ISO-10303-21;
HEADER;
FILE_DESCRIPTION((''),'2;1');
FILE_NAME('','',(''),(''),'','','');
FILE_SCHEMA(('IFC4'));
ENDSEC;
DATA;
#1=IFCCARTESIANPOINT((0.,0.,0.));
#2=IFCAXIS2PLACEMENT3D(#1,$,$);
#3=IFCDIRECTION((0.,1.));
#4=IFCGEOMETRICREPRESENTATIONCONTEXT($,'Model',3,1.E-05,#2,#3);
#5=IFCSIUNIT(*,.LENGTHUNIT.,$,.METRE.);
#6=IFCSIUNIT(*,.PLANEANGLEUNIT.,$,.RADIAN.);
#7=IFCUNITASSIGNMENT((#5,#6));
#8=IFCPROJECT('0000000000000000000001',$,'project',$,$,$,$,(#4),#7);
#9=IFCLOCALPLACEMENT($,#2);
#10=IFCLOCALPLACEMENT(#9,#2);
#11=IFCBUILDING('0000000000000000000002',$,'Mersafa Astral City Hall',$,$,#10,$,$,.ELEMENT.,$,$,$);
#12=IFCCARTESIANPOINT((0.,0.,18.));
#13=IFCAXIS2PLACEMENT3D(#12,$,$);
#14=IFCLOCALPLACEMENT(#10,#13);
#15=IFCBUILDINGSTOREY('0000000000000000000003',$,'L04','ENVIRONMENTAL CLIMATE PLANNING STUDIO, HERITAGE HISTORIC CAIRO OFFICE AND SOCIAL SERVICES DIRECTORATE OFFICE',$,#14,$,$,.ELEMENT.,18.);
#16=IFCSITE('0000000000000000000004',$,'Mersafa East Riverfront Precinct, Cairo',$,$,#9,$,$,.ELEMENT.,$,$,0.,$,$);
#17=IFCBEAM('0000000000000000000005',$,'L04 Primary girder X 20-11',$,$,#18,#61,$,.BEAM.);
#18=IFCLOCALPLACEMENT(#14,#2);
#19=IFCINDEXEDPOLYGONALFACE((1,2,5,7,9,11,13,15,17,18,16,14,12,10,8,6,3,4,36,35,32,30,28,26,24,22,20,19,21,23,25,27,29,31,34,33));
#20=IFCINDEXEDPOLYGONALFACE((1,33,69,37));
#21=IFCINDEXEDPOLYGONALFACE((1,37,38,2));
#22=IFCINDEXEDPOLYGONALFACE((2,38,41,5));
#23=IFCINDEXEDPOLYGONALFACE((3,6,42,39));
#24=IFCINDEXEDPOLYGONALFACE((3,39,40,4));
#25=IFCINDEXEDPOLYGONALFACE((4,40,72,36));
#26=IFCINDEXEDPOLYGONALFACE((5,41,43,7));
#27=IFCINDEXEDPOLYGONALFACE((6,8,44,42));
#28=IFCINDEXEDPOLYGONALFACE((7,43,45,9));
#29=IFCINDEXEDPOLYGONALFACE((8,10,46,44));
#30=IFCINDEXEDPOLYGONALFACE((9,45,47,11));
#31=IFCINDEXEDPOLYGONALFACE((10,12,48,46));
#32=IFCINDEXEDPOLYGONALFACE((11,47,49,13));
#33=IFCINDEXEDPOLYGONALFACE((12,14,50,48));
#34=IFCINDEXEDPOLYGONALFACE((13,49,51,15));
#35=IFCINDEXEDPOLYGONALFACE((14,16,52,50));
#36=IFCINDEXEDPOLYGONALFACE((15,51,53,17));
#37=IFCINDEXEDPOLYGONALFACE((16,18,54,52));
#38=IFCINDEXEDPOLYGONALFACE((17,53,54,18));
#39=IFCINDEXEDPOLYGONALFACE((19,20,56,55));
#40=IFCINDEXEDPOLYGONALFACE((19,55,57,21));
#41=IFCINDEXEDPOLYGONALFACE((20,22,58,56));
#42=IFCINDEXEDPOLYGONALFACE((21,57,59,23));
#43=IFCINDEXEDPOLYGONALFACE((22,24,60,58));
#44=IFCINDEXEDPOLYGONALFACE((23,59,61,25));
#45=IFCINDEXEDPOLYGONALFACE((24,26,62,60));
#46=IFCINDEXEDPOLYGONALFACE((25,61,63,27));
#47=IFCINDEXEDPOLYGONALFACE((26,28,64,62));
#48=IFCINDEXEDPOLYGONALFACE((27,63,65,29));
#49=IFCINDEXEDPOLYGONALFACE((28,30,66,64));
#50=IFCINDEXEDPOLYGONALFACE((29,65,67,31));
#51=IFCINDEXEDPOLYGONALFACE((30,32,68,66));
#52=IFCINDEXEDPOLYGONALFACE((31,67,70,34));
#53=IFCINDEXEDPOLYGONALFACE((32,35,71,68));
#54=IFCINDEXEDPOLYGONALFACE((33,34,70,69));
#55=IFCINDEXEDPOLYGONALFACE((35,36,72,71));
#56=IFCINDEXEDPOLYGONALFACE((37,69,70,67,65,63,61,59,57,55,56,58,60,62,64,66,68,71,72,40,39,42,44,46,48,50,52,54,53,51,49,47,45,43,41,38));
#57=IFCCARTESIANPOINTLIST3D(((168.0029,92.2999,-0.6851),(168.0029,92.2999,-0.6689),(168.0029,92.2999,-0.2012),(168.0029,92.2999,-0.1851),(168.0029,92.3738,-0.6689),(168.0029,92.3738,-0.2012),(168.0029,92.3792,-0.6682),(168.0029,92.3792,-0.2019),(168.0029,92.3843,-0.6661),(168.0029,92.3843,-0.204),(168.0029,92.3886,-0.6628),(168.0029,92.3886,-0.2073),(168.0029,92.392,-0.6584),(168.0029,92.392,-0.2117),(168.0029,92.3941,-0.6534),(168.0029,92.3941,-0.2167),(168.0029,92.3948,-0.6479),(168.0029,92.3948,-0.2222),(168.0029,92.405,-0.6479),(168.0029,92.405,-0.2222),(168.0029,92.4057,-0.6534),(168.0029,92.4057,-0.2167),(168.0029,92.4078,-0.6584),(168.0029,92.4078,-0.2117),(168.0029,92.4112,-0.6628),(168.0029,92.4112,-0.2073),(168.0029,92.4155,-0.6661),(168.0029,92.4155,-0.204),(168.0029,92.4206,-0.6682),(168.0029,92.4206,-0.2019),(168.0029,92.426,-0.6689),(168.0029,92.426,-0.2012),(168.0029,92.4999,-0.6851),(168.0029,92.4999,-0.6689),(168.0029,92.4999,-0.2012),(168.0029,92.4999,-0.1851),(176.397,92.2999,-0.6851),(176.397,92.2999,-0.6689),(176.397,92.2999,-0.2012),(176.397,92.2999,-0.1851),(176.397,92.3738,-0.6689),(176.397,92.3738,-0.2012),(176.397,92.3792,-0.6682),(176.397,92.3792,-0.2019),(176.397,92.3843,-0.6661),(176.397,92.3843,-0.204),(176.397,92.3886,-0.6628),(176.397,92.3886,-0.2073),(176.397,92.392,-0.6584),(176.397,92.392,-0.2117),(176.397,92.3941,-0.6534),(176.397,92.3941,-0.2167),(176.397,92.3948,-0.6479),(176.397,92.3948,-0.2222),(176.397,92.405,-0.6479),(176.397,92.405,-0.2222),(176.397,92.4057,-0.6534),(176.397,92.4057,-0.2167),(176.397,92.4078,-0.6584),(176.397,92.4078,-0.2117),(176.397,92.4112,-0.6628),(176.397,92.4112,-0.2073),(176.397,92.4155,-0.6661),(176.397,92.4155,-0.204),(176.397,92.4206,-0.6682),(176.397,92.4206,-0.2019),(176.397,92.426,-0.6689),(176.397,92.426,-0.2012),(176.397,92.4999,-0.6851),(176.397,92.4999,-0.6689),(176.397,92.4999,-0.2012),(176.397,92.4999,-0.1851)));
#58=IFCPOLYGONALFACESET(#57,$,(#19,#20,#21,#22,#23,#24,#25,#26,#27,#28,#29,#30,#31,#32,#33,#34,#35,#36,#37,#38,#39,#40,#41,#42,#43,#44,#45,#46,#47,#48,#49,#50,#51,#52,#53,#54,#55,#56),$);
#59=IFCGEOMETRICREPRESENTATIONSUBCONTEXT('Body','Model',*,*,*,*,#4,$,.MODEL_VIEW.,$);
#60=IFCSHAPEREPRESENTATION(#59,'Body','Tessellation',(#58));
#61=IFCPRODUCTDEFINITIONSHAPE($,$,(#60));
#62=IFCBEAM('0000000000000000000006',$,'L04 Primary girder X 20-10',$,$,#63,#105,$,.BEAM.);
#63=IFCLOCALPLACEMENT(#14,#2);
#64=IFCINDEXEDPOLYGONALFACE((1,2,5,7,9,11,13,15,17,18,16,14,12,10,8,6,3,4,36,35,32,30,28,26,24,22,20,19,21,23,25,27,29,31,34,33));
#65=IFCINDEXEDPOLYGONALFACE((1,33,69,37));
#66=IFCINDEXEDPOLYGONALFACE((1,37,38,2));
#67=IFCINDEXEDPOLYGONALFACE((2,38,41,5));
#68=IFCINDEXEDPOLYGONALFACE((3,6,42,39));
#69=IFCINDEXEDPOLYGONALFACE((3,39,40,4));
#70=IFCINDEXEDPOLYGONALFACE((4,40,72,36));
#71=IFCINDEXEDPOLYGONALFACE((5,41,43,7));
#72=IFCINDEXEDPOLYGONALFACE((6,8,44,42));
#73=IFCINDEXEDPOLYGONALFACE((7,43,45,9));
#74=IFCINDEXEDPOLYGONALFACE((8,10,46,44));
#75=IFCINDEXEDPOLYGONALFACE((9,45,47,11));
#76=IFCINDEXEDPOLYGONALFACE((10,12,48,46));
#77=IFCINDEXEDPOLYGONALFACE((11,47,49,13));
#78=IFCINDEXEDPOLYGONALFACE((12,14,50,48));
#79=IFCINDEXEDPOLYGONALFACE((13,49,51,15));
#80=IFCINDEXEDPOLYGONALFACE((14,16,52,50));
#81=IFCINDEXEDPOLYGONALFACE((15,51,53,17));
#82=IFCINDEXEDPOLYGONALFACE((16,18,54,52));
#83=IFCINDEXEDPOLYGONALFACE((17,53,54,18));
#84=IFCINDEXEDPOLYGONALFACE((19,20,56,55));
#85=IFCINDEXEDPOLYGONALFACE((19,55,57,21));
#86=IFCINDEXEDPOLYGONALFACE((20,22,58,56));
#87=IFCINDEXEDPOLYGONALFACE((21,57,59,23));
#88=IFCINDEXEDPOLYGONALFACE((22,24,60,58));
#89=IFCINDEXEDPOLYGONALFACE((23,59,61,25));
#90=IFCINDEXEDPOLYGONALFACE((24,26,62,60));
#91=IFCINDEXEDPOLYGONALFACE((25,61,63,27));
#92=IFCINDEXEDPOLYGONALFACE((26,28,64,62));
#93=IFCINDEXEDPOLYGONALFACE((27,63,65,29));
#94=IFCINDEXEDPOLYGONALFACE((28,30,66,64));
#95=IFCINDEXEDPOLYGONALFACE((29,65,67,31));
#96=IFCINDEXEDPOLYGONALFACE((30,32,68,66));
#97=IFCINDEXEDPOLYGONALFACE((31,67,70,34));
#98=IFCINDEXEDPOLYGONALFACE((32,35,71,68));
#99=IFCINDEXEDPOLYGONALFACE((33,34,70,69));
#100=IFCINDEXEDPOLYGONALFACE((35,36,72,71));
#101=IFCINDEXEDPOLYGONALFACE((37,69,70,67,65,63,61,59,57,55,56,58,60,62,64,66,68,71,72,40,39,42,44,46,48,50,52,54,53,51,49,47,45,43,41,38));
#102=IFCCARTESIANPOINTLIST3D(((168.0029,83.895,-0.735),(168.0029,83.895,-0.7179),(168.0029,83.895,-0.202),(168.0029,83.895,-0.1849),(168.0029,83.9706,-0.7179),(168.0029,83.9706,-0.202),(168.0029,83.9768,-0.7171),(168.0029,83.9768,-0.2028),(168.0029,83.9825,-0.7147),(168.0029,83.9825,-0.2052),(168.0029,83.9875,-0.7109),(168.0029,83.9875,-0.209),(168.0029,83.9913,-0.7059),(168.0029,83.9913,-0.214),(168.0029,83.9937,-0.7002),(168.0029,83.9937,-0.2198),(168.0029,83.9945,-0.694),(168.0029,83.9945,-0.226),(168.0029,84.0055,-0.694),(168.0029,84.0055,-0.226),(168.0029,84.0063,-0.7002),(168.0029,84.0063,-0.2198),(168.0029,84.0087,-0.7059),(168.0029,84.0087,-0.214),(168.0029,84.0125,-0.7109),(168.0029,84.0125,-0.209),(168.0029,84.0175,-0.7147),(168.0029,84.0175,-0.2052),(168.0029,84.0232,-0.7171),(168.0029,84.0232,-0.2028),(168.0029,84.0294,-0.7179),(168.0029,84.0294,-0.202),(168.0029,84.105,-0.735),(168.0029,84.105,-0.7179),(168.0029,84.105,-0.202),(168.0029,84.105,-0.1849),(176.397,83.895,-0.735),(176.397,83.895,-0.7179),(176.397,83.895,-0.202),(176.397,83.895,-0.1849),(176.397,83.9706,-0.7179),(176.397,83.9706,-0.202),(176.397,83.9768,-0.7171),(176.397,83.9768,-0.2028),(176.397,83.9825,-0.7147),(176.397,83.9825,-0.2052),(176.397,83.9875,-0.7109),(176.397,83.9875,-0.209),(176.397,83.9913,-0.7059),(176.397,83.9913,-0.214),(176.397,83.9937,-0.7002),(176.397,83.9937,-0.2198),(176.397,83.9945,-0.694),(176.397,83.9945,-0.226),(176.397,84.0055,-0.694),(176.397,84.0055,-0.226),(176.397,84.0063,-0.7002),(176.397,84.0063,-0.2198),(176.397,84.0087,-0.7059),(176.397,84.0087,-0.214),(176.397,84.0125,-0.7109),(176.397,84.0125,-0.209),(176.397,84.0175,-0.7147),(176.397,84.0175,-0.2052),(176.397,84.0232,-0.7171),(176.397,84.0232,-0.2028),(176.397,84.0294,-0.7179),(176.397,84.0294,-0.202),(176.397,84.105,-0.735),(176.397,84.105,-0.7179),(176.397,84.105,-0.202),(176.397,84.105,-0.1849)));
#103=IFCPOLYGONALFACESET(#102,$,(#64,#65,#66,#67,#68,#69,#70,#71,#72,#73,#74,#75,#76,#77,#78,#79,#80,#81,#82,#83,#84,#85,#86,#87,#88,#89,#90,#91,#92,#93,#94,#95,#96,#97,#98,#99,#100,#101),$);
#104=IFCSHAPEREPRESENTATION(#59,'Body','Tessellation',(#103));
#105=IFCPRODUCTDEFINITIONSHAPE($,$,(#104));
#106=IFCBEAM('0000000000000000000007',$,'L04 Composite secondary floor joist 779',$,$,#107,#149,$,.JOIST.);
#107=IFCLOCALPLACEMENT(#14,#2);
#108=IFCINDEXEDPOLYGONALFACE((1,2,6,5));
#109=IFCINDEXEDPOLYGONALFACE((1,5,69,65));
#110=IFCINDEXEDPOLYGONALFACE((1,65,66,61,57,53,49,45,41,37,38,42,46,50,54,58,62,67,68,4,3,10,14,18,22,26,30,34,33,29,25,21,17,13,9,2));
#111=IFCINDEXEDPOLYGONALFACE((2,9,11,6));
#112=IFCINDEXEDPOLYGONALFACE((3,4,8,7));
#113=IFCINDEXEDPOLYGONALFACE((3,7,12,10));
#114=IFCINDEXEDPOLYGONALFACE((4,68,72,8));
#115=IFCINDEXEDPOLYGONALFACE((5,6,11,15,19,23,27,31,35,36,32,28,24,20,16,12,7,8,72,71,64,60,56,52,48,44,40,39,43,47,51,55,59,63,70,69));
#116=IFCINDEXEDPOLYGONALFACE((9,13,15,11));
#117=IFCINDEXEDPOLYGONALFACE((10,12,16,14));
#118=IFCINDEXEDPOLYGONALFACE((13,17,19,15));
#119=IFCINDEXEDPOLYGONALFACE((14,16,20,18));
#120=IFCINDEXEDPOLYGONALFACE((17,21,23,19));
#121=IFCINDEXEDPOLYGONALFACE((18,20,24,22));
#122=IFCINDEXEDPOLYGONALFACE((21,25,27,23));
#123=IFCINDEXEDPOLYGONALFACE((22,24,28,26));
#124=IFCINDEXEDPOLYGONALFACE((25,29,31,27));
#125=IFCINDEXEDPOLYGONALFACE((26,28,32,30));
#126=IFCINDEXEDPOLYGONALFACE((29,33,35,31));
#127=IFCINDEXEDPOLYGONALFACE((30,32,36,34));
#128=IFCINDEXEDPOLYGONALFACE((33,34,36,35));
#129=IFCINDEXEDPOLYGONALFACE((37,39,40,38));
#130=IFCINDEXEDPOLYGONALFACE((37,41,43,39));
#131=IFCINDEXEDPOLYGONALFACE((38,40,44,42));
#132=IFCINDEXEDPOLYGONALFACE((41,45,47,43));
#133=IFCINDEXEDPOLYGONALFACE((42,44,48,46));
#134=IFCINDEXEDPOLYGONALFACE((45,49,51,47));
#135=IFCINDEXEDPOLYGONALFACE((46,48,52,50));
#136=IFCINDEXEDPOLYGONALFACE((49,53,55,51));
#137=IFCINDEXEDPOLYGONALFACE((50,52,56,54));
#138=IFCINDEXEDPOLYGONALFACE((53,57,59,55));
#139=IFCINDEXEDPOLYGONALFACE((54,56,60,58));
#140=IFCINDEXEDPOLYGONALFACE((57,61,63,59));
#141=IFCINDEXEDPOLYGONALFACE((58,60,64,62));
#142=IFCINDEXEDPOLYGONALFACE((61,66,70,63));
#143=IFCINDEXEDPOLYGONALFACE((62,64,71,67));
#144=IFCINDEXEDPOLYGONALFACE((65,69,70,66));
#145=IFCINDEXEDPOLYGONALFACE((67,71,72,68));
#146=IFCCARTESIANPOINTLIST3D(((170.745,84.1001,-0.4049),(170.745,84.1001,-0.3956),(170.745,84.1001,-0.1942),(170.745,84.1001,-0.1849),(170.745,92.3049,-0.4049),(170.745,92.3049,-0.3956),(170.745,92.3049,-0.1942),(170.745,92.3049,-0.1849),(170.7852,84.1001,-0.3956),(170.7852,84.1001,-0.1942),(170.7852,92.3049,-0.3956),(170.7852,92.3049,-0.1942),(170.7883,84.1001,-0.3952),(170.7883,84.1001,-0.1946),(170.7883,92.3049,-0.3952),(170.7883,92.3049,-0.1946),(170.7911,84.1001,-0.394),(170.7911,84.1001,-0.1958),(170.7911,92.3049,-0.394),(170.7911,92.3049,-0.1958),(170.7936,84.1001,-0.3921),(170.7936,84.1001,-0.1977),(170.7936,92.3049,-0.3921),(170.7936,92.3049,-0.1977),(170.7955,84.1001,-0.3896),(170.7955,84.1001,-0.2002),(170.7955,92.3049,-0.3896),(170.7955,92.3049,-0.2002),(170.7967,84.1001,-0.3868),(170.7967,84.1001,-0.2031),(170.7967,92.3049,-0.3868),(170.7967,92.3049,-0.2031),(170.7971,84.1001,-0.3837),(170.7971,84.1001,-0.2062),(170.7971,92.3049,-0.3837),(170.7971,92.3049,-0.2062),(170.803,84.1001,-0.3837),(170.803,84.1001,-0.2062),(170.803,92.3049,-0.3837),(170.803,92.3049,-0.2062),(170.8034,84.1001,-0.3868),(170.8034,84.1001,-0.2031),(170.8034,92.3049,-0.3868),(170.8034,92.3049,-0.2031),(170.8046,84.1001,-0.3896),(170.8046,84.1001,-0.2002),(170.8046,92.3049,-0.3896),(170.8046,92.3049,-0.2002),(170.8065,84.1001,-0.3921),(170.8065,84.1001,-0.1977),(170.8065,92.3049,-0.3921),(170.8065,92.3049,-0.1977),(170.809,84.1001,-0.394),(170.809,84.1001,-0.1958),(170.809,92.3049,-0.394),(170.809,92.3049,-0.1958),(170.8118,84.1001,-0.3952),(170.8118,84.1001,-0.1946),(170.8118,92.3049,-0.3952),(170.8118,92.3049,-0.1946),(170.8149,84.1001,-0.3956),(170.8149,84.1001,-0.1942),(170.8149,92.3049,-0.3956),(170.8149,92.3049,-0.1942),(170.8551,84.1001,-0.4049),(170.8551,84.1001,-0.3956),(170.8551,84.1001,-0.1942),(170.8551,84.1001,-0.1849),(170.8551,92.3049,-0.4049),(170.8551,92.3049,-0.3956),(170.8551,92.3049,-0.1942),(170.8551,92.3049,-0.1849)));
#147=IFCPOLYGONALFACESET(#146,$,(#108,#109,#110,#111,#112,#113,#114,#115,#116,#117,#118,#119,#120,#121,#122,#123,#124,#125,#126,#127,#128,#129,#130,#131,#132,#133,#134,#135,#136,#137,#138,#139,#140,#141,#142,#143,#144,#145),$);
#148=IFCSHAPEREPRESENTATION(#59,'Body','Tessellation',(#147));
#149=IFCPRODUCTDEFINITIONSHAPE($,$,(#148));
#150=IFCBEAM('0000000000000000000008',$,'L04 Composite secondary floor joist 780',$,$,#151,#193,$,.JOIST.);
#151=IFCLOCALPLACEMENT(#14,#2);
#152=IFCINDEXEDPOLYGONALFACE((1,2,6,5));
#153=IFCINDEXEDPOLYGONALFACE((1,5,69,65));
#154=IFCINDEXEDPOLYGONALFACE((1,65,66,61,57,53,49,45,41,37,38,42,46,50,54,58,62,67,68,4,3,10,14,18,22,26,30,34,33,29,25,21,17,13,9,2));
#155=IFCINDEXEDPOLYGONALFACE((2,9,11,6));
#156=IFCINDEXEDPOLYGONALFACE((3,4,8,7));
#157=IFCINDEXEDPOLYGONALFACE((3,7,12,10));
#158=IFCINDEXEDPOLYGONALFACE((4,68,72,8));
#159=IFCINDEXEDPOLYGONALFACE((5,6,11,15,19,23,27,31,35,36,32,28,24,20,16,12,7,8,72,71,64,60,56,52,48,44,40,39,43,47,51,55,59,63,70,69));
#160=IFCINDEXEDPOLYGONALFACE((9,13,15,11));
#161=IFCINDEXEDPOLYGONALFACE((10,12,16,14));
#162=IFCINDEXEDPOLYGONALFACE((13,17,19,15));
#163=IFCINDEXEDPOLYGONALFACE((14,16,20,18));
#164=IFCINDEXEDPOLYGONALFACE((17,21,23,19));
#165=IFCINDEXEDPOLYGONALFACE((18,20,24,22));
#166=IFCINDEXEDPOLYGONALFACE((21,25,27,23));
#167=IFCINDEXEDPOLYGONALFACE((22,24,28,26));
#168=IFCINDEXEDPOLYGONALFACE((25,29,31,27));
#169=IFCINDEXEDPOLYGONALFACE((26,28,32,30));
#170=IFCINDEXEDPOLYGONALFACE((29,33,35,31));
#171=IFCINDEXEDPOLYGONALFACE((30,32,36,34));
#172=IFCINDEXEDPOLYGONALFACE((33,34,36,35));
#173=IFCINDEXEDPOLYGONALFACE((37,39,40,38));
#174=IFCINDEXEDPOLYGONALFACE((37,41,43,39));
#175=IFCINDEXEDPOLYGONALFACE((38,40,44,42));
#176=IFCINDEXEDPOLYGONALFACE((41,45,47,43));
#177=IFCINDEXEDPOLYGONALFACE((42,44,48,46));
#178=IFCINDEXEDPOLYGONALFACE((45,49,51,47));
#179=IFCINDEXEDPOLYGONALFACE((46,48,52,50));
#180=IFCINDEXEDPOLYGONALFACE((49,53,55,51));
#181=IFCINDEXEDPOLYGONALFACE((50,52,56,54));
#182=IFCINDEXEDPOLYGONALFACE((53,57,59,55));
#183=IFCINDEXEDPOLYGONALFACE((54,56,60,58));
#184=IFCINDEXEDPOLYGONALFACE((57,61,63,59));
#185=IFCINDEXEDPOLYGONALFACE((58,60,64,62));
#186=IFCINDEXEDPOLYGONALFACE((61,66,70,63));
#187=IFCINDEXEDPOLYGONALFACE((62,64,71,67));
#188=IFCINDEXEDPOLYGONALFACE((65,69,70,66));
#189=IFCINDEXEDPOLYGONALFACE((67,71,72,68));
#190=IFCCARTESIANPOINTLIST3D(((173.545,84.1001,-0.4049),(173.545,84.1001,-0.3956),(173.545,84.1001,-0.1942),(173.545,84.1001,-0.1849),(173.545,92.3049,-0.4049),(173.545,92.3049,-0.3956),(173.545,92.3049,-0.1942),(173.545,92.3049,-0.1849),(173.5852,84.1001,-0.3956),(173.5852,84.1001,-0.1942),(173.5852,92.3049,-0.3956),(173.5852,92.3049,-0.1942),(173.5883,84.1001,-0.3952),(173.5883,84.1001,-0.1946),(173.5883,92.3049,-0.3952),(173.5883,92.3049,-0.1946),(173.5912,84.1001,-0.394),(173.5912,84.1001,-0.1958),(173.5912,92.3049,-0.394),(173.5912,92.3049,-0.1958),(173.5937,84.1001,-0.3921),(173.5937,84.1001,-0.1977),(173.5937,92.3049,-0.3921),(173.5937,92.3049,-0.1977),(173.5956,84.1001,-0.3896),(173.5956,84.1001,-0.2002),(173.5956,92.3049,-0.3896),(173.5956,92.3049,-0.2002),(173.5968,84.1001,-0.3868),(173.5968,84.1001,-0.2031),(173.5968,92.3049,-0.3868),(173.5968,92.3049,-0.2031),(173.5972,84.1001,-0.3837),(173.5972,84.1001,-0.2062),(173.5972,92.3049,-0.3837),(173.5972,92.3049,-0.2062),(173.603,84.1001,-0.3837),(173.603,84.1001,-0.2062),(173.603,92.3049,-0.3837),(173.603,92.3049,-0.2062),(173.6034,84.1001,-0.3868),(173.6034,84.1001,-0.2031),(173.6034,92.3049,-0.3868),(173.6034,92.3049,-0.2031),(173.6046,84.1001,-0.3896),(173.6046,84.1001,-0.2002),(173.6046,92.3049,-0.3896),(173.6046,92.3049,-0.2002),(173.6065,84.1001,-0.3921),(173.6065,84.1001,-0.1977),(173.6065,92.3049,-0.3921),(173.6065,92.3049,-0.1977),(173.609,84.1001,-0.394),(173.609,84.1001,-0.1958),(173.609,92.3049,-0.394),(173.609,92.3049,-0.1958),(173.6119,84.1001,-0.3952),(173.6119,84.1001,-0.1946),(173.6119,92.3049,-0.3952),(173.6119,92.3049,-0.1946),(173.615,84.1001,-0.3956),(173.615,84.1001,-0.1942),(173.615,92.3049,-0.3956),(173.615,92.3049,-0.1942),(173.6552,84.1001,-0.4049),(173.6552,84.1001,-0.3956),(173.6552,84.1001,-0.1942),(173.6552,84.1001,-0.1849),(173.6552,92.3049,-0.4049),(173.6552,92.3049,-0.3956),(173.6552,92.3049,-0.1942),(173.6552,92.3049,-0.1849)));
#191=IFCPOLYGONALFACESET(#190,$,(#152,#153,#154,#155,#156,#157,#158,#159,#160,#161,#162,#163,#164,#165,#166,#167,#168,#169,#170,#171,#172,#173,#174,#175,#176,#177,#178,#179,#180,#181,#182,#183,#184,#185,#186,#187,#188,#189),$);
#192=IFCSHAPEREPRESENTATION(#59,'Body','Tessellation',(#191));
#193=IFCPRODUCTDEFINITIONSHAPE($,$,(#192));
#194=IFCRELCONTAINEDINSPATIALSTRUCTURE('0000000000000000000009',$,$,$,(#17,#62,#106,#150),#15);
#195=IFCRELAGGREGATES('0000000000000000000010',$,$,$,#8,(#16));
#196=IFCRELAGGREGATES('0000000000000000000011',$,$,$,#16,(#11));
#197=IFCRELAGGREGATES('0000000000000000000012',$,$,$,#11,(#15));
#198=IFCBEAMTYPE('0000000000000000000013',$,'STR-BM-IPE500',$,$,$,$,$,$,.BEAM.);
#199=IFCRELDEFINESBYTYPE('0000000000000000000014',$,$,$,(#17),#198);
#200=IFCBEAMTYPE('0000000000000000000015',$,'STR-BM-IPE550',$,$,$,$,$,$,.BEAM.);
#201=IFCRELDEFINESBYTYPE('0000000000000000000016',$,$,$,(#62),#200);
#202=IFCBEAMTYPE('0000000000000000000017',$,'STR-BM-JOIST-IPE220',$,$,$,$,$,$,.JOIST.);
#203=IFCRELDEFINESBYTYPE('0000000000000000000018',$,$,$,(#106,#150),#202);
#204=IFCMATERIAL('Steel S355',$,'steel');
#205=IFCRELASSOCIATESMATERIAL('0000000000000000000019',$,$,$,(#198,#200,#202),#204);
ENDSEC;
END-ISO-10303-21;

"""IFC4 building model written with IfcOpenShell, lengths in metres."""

from ifc_helpers import new_model, si_unit, direction, frame, origin, origin_2d, place, context, subcontext, project, spatial, i_section, extrude, material, material_profile, profile_set, type_object, element, save


model = new_model("IFC4")

# Units and contexts
model_context = context("Model", 3, precision=1e-05, world=origin(), true_north=direction((0.0, 1.0)))
body_context = subcontext(model_context, "Body", "Model", "MODEL_VIEW")
ifc_project = project(units=[si_unit("LENGTHUNIT", "METRE"), si_unit("PLANEANGLEUNIT", "RADIAN")], contexts=[model_context])

# Site, building, storey
site_placement = place(None, origin())
site = spatial("IfcSite", under=ifc_project, at=site_placement, Name="Mersafa East Riverfront Precinct, Cairo", CompositionType="ELEMENT", RefElevation=0.0)
building_placement = place(site_placement, origin())
building = spatial("IfcBuilding", under=site, at=building_placement, Name="Mersafa Astral City Hall", CompositionType="ELEMENT")
storey_placement = place(building_placement, frame((0.0, 0.0, 18.0)))
storey = spatial("IfcBuildingStorey", under=building, at=storey_placement, Name="L04", Description="ENVIRONMENTAL CLIMATE PLANNING STUDIO, HERITAGE HISTORIC CAIRO OFFICE AND SOCIAL SERVICES DIRECTORATE OFFICE", CompositionType="ELEMENT", Elevation=18.0)

# Shared definitions
ifc_material_1 = material(Name="Steel S355", Category="steel")

# Beams
ifc_material_profile_1 = material_profile(ifc_material_1, i_section(OverallWidth=0.2, OverallDepth=0.5, WebThickness=0.0103, FlangeThickness=0.0161, FilletRadius=0.021, at=origin_2d()), Name="IPE 500")
ifc_profile_set_1 = profile_set([ifc_material_profile_1], Name="Steel S355")
beam_type_1 = type_object("IfcBeamType", Name="STR-BM-IPE500", PredefinedType="BEAM", material=ifc_profile_set_1)
beam_1_placement = place(storey_placement, frame((168.0029, 92.3999, -0.4351), z_axis=(1.0, 0.0, 0.0), x_axis=(0.0, 1.0, 0.0)))
element("IfcBeam", 1, at=beam_1_placement, inside=storey, type_object=beam_type_1, Name="L04 Primary girder X 20-11", PredefinedType="BEAM", context=body_context, shape_type="SweptSolid", body=[
    extrude(i_section(OverallWidth=0.2, OverallDepth=0.5, WebThickness=0.0103, FlangeThickness=0.0161, FilletRadius=0.021, at=origin_2d()), origin(), (0.0, 0.0, 1.0), 8.394),
])
ifc_material_profile_2 = material_profile(ifc_material_1, i_section(OverallWidth=0.21, OverallDepth=0.55, WebThickness=0.011, FlangeThickness=0.0171, FilletRadius=0.0239, at=origin_2d()), Name="IPE 550")
ifc_profile_set_2 = profile_set([ifc_material_profile_2], Name="Steel S355")
beam_type_2 = type_object("IfcBeamType", Name="STR-BM-IPE550", PredefinedType="BEAM", material=ifc_profile_set_2)
beam_2_placement = place(storey_placement, frame((168.0029, 84.0, -0.46), z_axis=(1.0, 0.0, 0.0), x_axis=(0.0, 1.0, 0.0)))
element("IfcBeam", 2, at=beam_2_placement, inside=storey, type_object=beam_type_2, Name="L04 Primary girder X 20-10", PredefinedType="BEAM", context=body_context, shape_type="SweptSolid", body=[
    extrude(i_section(OverallWidth=0.21, OverallDepth=0.55, WebThickness=0.011, FlangeThickness=0.0171, FilletRadius=0.0239, at=origin_2d()), origin(), (0.0, 0.0, 1.0), 8.394),
])
ifc_material_profile_3 = material_profile(ifc_material_1, i_section(OverallWidth=0.1101, OverallDepth=0.22, WebThickness=0.0059, FlangeThickness=0.0093, FilletRadius=0.012, at=origin_2d()), Name="IPE 220")
ifc_profile_set_3 = profile_set([ifc_material_profile_3], Name="Steel S355")
beam_type_3 = type_object("IfcBeamType", Name="STR-BM-JOIST-IPE220", PredefinedType="JOIST", material=ifc_profile_set_3)
for number, where, z_axis, x_axis, name in (
    (3, (170.8, 84.1001, -0.2949), (0.0, 1.0, 0.0), (-1.0, 0.0, 0.0), "L04 Composite secondary floor joist 779"),
    (4, (173.6001, 84.1001, -0.2949), (0.0, 1.0, 0.0), (-1.0, 0.0, 0.0), "L04 Composite secondary floor joist 780"),
):
    element("IfcBeam", number, at=place(storey_placement, frame(where, z_axis=z_axis, x_axis=x_axis)), inside=storey, type_object=beam_type_3, Name=name, PredefinedType="JOIST", context=body_context, shape_type="SweptSolid", body=[
        extrude(i_section(OverallWidth=0.1101, OverallDepth=0.22, WebThickness=0.0059, FlangeThickness=0.0093, FilletRadius=0.012, at=origin_2d()), origin(), (0.0, 0.0, 1.0), 8.2048),
    ])

save(model, "model.ifc")
